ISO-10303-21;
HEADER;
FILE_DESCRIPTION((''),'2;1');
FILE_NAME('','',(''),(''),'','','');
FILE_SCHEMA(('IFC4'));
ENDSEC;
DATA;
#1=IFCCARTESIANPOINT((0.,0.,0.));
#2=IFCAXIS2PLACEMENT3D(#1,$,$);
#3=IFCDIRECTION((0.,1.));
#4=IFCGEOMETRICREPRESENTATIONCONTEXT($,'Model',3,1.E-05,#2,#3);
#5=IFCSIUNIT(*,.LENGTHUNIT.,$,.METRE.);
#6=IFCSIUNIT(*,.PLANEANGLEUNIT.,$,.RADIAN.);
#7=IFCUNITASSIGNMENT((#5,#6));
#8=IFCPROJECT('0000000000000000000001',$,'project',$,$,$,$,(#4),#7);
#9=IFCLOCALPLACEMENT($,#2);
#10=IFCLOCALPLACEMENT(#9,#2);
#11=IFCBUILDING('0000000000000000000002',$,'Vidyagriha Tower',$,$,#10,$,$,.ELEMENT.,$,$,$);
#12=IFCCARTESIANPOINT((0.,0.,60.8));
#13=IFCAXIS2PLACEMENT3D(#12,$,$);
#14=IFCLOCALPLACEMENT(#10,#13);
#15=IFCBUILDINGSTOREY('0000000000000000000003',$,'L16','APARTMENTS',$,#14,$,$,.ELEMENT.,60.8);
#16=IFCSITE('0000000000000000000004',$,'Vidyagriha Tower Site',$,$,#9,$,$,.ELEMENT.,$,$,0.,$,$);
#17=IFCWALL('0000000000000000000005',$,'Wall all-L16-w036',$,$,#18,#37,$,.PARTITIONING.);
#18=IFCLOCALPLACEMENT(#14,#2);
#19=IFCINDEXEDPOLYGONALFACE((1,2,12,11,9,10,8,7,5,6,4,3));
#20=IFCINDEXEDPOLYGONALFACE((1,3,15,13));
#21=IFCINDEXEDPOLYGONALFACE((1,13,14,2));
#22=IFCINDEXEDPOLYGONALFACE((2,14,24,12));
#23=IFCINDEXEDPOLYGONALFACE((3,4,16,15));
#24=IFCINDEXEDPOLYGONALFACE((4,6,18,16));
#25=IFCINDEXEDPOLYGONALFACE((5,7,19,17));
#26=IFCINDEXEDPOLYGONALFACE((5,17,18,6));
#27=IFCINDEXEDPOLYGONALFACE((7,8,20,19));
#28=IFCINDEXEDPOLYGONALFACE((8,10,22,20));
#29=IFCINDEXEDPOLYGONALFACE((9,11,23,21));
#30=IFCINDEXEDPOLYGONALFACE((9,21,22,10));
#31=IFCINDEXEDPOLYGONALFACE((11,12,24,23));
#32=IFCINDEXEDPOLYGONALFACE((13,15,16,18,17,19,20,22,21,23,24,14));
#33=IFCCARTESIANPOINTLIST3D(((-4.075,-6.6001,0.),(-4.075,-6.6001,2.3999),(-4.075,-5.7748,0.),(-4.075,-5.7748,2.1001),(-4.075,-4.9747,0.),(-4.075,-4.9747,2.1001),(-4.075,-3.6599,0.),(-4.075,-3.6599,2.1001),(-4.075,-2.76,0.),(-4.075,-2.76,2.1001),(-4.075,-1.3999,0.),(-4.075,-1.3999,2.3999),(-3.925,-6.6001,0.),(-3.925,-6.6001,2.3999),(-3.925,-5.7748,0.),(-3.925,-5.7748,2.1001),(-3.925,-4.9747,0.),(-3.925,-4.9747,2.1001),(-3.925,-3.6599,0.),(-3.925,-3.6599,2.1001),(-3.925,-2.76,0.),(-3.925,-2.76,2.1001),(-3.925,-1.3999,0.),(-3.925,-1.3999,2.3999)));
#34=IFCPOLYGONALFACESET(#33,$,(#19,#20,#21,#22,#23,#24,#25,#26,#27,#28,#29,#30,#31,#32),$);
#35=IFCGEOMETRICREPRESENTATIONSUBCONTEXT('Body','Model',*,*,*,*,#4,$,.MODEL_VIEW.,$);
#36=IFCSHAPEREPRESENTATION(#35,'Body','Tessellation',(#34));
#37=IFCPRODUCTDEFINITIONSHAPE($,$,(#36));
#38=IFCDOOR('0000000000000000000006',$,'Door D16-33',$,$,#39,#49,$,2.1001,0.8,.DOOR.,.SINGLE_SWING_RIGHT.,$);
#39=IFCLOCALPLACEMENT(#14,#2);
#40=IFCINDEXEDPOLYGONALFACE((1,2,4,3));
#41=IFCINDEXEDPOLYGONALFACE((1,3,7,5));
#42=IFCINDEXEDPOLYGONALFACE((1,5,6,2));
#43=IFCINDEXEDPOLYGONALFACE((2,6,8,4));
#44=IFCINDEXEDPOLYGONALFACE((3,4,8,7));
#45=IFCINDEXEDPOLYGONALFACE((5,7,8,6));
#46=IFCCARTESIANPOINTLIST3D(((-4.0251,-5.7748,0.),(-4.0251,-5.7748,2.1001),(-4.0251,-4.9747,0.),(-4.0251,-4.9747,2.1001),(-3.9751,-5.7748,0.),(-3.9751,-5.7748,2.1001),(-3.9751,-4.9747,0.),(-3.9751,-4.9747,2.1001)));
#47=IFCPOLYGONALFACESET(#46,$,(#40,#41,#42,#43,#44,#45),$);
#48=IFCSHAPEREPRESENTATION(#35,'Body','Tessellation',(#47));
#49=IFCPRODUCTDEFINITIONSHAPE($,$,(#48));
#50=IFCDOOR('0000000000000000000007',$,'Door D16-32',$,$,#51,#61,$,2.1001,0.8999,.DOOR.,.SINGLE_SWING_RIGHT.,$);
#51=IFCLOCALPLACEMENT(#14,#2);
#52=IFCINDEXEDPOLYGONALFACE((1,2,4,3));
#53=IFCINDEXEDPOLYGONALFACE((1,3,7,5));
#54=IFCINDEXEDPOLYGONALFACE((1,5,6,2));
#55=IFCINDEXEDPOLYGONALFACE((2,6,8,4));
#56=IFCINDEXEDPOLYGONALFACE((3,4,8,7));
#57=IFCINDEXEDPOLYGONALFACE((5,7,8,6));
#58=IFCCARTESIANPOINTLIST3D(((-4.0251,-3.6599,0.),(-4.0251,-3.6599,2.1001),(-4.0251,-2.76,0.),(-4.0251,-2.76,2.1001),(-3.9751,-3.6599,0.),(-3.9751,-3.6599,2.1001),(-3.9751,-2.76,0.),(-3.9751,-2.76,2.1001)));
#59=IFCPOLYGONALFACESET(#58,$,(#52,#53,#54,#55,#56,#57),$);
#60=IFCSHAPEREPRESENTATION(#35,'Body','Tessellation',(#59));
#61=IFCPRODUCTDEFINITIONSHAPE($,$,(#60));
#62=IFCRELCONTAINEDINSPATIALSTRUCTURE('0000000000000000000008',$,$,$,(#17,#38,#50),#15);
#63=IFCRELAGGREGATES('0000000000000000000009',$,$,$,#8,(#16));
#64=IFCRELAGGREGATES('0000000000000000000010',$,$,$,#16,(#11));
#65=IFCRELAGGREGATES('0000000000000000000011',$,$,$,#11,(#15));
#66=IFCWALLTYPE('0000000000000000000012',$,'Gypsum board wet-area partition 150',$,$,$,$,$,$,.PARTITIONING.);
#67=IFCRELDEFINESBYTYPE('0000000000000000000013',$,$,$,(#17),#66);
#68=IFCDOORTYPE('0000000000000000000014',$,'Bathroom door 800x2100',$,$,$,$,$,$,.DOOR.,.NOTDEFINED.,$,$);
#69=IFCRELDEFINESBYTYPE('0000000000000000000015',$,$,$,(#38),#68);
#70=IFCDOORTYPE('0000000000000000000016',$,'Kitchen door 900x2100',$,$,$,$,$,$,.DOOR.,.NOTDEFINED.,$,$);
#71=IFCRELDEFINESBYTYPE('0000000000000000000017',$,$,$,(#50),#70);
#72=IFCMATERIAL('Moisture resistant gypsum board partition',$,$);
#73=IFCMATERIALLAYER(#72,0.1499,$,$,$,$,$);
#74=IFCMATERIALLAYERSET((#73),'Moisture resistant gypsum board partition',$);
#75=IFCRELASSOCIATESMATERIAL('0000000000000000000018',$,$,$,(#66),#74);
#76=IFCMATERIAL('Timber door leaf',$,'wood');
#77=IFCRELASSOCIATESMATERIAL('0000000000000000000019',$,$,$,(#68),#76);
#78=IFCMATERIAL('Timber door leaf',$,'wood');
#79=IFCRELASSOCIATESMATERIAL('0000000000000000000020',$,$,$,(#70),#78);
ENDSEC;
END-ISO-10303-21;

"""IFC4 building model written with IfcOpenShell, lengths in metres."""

from ifc_helpers import new_model, si_unit, direction, frame, frame_2d, origin, place, context, subcontext, project, spatial, rectangle, extrude, material, layer, layer_set, type_object, element, fill, save


model = new_model("IFC4")

# Units and contexts
model_context = context("Model", 3, precision=1e-05, world=origin(), true_north=direction((0.0, 1.0)))
body_context = subcontext(model_context, "Body", "Model", "MODEL_VIEW")
ifc_project = project(units=[si_unit("LENGTHUNIT", "METRE"), si_unit("PLANEANGLEUNIT", "RADIAN")], contexts=[model_context])

# Site, building, storey
site_placement = place(None, origin())
site = spatial("IfcSite", under=ifc_project, at=site_placement, Name="Vidyagriha Tower Site", CompositionType="ELEMENT", RefElevation=0.0)
building_placement = place(site_placement, origin())
building = spatial("IfcBuilding", under=site, at=building_placement, Name="Vidyagriha Tower", CompositionType="ELEMENT")
storey_placement = place(building_placement, frame((0.0, 0.0, 60.8)))
storey = spatial("IfcBuildingStorey", under=building, at=storey_placement, Name="L16", Description="APARTMENTS", CompositionType="ELEMENT", Elevation=60.8)

# Wall, openings, doors
ifc_material_1 = material(Name="Moisture resistant gypsum board partition")
ifc_layer_1 = layer(ifc_material_1, 0.1499)
ifc_layer_set_1 = layer_set([ifc_layer_1], Name="Moisture resistant gypsum board partition")
wall_type_1 = type_object("IfcWallType", Name="Gypsum board wet-area partition 150", PredefinedType="PARTITIONING", material=ifc_layer_set_1)
ifc_material_2 = material(Name="Timber door leaf", Category="wood")
door_type_1 = type_object("IfcDoorType", Name="Bathroom door 800x2100", OperationType="NOTDEFINED", PredefinedType="DOOR", material=ifc_material_2)
ifc_material_3 = material(Name="Timber door leaf", Category="wood")
door_type_2 = type_object("IfcDoorType", Name="Kitchen door 900x2100", OperationType="NOTDEFINED", PredefinedType="DOOR", material=ifc_material_3)
wall_1_placement = place(storey_placement, frame((-4.0, -1.3999, 0.0), z_axis=(0.0, 0.0, 1.0), x_axis=(0.0, -1.0, 0.0)))
wall_1 = element("IfcWall", 1, at=wall_1_placement, inside=storey, type_object=wall_type_1, Name="Wall all-L16-w036", PredefinedType="PARTITIONING", context=body_context, shape_type="SweptSolid", body=[
    extrude(rectangle(XDim=5.2002, YDim=0.1499, at=frame_2d((2.6001, 0.0))), origin(), (0.0, 0.0, 1.0), 2.3999),
])
opening_1_placement = place(wall_1_placement, frame((1.3601, 0.0, 0.0)))
opening_1 = element("IfcOpeningElement", 2, at=opening_1_placement, cuts=wall_1, PredefinedType="OPENING", context=body_context, shape_type="SweptSolid", body=[
    extrude(rectangle(XDim=0.8999, YDim=2.1001, at=frame_2d((0.45, 1.05))), frame((0.0, 0.085, 0.0), z_axis=(0.0, -1.0, 0.0), x_axis=(1.0, 0.0, 0.0)), (0.0, 0.0, 1.0), 0.1699),
])
opening_2_placement = place(wall_1_placement, frame((3.575, 0.0, 0.0)))
opening_2 = element("IfcOpeningElement", 3, at=opening_2_placement, cuts=wall_1, PredefinedType="OPENING", context=body_context, shape_type="SweptSolid", body=[
    extrude(rectangle(XDim=0.8, YDim=2.1001, at=frame_2d((0.3999, 1.05))), frame((0.0, 0.085, 0.0), z_axis=(0.0, -1.0, 0.0), x_axis=(1.0, 0.0, 0.0)), (0.0, 0.0, 1.0), 0.1699),
])
door_1_placement = place(opening_2_placement, origin())
door_1 = element("IfcDoor", 4, at=door_1_placement, inside=storey, type_object=door_type_1, Name="Door D16-33", OperationType="SINGLE_SWING_RIGHT", OverallHeight=2.1001, OverallWidth=0.8, PredefinedType="DOOR", context=body_context, shape_type="SweptSolid", body=[
    extrude(rectangle(XDim=0.8, YDim=2.1001, at=frame_2d((0.3999, 1.05))), frame((0.0, 0.0249, 0.0), z_axis=(0.0, -1.0, 0.0), x_axis=(1.0, 0.0, 0.0)), (0.0, 0.0, 1.0), 0.05),
])
fill(opening_2, door_1)
door_2_placement = place(opening_1_placement, origin())
door_2 = element("IfcDoor", 5, at=door_2_placement, inside=storey, type_object=door_type_2, Name="Door D16-32", OperationType="SINGLE_SWING_RIGHT", OverallHeight=2.1001, OverallWidth=0.8999, PredefinedType="DOOR", context=body_context, shape_type="SweptSolid", body=[
    extrude(rectangle(XDim=0.8999, YDim=2.1001, at=frame_2d((0.45, 1.05))), frame((0.0, 0.0249, 0.0), z_axis=(0.0, -1.0, 0.0), x_axis=(1.0, 0.0, 0.0)), (0.0, 0.0, 1.0), 0.05),
])
fill(opening_1, door_2)

save(model, "model.ifc")
